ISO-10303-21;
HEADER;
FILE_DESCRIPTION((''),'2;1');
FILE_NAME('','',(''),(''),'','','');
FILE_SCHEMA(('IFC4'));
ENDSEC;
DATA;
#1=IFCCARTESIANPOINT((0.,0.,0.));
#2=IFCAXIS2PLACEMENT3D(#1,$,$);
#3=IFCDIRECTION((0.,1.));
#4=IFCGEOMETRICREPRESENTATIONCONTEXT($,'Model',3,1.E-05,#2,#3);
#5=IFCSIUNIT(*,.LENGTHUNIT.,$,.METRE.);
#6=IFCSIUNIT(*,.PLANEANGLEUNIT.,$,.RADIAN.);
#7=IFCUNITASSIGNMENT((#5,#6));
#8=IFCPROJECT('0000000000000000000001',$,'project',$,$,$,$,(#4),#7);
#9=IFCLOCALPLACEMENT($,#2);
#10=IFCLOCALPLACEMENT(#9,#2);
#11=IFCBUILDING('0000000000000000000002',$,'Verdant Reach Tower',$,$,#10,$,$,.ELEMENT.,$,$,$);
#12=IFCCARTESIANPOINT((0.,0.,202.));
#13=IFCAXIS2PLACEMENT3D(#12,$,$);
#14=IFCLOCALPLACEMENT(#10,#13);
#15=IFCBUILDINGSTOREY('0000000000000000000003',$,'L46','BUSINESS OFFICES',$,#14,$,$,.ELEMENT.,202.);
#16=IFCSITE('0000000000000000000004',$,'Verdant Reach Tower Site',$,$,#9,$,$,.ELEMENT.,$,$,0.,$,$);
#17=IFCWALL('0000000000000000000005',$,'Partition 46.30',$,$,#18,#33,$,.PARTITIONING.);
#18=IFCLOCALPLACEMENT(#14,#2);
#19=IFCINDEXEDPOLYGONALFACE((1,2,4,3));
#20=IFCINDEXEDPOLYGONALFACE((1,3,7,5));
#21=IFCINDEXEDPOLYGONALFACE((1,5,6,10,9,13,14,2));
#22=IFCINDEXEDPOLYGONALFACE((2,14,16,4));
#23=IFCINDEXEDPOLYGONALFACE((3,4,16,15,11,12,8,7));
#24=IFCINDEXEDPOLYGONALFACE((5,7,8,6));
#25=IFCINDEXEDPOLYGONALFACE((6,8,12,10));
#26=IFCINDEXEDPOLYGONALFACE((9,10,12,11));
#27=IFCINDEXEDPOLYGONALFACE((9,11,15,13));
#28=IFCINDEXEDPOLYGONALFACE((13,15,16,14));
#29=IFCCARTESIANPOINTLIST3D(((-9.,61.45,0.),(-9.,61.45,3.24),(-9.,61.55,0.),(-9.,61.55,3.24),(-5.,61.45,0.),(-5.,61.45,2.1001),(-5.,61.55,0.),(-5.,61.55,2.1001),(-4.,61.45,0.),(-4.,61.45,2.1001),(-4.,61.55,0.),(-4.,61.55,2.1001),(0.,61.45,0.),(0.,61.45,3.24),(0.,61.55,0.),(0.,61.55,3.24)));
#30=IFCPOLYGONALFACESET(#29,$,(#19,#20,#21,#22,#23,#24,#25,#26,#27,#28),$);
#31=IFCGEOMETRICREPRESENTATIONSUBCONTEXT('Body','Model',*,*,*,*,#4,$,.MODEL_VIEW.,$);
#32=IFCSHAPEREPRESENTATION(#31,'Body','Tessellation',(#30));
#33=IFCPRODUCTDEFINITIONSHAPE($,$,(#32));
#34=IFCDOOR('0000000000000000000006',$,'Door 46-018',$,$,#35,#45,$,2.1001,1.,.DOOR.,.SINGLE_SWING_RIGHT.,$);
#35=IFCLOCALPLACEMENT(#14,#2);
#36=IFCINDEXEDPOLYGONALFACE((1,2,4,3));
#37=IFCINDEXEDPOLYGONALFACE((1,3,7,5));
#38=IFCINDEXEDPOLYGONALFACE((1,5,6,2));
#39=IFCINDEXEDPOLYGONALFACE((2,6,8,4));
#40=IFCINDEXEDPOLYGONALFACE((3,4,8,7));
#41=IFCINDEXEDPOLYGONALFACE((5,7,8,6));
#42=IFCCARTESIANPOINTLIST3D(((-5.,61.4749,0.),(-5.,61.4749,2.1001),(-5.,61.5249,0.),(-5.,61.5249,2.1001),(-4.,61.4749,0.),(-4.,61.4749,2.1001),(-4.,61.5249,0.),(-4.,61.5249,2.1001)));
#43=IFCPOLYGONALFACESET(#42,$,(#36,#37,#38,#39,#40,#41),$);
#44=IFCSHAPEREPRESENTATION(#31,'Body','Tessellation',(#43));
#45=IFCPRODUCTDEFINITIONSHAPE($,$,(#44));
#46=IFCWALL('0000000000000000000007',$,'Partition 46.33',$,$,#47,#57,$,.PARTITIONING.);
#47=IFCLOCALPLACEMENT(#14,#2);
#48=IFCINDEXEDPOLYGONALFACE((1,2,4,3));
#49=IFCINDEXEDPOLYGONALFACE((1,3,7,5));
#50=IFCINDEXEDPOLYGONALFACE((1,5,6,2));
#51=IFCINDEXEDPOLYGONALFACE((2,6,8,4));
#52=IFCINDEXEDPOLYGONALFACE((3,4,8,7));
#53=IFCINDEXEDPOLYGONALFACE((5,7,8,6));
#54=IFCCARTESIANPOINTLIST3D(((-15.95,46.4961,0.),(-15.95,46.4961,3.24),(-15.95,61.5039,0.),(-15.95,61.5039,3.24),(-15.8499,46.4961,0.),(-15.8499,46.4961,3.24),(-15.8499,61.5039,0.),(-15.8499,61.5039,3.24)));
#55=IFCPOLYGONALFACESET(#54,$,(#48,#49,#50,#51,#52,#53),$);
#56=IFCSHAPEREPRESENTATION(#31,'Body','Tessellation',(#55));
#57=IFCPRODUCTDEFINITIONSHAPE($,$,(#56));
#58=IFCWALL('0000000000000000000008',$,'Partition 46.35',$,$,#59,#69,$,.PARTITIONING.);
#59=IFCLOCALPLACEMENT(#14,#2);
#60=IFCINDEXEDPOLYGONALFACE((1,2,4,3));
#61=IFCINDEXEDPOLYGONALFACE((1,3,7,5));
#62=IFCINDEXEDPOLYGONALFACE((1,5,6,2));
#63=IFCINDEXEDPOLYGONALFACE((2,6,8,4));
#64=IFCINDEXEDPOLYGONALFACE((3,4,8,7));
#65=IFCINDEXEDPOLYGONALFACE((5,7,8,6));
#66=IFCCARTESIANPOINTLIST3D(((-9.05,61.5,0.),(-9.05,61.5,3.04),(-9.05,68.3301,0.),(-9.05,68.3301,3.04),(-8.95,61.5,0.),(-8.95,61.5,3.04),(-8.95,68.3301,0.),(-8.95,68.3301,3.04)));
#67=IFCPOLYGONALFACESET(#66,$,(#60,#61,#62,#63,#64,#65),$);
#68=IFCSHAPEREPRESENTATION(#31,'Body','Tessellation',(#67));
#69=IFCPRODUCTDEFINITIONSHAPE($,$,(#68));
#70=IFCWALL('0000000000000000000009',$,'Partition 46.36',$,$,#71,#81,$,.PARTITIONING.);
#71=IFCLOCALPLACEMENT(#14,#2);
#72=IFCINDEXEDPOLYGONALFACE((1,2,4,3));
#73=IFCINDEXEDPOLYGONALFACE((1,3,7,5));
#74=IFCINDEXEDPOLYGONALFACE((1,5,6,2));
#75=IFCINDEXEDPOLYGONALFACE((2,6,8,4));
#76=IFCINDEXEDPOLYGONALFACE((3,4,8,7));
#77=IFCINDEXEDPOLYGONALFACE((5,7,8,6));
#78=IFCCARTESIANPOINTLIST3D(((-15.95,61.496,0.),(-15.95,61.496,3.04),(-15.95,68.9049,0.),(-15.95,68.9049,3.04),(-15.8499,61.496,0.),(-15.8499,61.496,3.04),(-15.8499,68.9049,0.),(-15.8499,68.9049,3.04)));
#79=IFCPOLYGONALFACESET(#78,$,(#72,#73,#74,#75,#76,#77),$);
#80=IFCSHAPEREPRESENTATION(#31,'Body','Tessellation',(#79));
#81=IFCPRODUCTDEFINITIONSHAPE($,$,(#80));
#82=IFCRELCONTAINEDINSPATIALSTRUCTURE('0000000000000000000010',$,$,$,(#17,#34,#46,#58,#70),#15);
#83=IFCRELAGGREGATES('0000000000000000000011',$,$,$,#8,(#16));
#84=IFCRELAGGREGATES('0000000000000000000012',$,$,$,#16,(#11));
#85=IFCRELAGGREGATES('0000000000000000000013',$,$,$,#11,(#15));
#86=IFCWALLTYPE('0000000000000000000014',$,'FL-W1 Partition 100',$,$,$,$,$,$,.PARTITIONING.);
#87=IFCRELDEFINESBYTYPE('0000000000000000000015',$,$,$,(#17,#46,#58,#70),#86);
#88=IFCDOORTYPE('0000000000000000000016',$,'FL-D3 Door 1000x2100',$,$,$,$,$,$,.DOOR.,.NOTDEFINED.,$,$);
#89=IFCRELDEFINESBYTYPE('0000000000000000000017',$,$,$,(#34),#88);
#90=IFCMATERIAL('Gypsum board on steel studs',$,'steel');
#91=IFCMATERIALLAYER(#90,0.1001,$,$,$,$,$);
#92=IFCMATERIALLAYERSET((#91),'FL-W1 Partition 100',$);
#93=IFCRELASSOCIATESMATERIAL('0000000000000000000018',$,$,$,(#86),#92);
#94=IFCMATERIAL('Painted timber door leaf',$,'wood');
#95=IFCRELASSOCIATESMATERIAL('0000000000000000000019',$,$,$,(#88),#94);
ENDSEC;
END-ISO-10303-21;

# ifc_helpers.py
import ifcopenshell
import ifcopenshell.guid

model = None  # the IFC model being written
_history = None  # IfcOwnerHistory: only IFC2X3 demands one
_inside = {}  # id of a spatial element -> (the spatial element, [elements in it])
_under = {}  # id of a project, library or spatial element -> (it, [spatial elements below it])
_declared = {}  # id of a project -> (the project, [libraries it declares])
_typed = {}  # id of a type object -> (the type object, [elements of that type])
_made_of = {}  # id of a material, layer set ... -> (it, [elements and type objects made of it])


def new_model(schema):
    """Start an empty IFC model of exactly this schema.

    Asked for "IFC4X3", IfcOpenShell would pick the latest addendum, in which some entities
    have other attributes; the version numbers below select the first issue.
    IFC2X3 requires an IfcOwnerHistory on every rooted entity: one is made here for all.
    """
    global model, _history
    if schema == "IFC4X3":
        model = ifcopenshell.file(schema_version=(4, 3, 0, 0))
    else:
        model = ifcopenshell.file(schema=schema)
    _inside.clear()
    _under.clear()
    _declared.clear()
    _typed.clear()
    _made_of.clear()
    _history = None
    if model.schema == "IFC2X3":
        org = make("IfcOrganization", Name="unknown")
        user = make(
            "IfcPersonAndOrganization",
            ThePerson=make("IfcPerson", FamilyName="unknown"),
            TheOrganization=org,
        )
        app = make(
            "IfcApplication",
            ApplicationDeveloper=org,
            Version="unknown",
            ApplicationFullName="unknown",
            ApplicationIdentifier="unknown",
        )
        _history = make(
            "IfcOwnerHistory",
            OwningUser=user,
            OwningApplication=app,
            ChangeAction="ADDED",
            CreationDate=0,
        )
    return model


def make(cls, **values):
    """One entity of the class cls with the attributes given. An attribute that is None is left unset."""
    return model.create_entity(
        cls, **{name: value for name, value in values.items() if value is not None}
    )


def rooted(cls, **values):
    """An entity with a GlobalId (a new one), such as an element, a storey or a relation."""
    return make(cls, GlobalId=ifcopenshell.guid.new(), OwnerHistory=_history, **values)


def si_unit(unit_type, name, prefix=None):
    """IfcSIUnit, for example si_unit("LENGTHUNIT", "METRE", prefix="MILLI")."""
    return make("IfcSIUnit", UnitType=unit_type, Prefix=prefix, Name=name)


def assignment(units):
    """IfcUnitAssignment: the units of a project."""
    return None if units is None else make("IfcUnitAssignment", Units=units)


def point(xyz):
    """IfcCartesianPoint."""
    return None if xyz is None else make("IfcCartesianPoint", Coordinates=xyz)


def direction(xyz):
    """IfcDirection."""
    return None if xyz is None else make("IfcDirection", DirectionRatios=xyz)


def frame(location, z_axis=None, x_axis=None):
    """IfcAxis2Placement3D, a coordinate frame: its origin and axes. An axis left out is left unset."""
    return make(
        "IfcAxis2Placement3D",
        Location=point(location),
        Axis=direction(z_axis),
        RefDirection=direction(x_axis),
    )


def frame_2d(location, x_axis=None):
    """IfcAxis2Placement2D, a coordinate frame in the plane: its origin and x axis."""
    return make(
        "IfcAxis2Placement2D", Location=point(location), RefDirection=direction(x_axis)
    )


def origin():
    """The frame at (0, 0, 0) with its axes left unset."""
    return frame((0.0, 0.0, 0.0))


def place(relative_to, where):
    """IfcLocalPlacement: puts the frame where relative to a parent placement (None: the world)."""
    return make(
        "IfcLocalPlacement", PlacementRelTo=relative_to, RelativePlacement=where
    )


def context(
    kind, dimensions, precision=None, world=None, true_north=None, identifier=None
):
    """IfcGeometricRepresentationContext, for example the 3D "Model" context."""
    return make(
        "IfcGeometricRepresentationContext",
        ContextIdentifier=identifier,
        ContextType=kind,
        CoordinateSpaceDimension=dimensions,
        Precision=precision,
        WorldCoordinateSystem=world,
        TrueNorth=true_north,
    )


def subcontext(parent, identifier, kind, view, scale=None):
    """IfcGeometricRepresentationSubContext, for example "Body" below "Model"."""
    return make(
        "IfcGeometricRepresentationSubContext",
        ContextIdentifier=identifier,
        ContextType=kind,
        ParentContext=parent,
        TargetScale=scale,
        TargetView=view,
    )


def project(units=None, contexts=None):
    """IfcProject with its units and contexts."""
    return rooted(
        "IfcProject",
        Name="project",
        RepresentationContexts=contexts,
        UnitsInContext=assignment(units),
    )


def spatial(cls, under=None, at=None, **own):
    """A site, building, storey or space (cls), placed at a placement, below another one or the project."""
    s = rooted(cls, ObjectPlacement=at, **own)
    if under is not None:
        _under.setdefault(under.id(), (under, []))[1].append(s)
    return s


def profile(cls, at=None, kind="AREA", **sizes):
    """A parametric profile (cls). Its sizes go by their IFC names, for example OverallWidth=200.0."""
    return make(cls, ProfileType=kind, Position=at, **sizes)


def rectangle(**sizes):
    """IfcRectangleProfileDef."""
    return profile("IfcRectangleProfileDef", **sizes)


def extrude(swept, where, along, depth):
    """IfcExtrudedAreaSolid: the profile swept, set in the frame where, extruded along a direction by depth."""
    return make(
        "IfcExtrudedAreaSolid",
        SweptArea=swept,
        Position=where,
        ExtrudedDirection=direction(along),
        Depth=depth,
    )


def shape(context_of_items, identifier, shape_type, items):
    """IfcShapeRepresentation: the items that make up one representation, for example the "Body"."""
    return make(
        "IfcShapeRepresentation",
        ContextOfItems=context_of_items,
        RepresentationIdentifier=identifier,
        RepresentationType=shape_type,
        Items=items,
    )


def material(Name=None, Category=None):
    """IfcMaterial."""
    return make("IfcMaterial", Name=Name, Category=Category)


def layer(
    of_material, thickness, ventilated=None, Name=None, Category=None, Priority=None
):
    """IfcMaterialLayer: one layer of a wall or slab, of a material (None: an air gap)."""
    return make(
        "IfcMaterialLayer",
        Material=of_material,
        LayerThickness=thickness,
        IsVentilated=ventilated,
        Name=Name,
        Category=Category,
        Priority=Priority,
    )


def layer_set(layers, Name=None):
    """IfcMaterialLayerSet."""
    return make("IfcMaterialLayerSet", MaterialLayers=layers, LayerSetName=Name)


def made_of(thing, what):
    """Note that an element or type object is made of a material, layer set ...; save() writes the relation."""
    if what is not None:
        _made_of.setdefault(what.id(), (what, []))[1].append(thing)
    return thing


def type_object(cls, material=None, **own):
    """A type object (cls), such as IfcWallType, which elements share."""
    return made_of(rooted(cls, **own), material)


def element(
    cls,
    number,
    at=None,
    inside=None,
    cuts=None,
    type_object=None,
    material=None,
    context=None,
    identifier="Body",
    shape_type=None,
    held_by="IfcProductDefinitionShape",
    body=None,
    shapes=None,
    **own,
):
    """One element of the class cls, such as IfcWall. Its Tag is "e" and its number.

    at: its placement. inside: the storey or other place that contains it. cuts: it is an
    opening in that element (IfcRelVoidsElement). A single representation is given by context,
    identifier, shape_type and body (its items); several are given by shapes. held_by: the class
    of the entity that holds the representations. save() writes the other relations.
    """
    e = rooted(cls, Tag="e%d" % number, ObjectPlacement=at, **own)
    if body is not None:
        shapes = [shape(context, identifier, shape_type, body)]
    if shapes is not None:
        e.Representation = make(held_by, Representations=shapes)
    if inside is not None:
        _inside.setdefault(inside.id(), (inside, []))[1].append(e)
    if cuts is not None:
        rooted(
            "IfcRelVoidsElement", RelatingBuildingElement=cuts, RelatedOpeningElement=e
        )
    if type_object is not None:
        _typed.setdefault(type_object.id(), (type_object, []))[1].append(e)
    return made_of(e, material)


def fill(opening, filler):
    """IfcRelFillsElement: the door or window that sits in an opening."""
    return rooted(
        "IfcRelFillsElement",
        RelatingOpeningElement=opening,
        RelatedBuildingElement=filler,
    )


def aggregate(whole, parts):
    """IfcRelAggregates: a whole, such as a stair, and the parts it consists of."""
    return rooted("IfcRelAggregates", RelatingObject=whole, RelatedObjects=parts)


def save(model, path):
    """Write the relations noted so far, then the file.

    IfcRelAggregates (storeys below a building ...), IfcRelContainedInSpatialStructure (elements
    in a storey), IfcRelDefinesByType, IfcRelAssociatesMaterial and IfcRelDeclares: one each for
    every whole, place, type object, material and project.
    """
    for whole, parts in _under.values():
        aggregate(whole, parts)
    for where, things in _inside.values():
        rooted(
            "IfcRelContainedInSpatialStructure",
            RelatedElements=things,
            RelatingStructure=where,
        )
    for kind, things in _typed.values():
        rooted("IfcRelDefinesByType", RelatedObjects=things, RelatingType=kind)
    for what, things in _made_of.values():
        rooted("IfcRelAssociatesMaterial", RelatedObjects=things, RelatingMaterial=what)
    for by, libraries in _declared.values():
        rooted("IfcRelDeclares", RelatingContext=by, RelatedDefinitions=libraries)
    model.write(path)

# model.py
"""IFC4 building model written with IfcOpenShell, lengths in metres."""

from ifc_helpers import new_model, si_unit, direction, frame, frame_2d, origin, place, context, subcontext, project, spatial, rectangle, extrude, material, layer, layer_set, type_object, element, fill, save


model = new_model("IFC4")

# Units and contexts
model_context = context("Model", 3, precision=1e-05, world=origin(), true_north=direction((0.0, 1.0)))
body_context = subcontext(model_context, "Body", "Model", "MODEL_VIEW")
ifc_project = project(units=[si_unit("LENGTHUNIT", "METRE"), si_unit("PLANEANGLEUNIT", "RADIAN")], contexts=[model_context])

# Site, building, storey
site_placement = place(None, origin())
site = spatial("IfcSite", under=ifc_project, at=site_placement, Name="Verdant Reach Tower Site", CompositionType="ELEMENT", RefElevation=0.0)
building_placement = place(site_placement, origin())
building = spatial("IfcBuilding", under=site, at=building_placement, Name="Verdant Reach Tower", CompositionType="ELEMENT")
storey_placement = place(building_placement, frame((0.0, 0.0, 202.0)))
storey = spatial("IfcBuildingStorey", under=building, at=storey_placement, Name="L46", Description="BUSINESS OFFICES", CompositionType="ELEMENT", Elevation=202.0)

# Wall, opening, door
ifc_material_1 = material(Name="Gypsum board on steel studs", Category="steel")
ifc_layer_1 = layer(ifc_material_1, 0.1001)
ifc_layer_set_1 = layer_set([ifc_layer_1], Name="FL-W1 Partition 100")
wall_type = type_object("IfcWallType", Name="FL-W1 Partition 100", PredefinedType="PARTITIONING", material=ifc_layer_set_1)
ifc_material_2 = material(Name="Painted timber door leaf", Category="wood")
door_type = type_object("IfcDoorType", Name="FL-D3 Door 1000x2100", OperationType="NOTDEFINED", PredefinedType="DOOR", material=ifc_material_2)
wall_1_placement = place(storey_placement, frame((-9.0, 61.5, 0.0), z_axis=(0.0, 0.0, 1.0), x_axis=(1.0, 0.0, 0.0)))
wall_1 = element("IfcWall", 1, at=wall_1_placement, inside=storey, type_object=wall_type, Name="Partition 46.30", PredefinedType="PARTITIONING", context=body_context, shape_type="SweptSolid", body=[
    extrude(rectangle(XDim=9.0, YDim=0.1001, at=frame_2d((4.5, 0.0))), origin(), (0.0, 0.0, 1.0), 3.24),
])
opening_1_placement = place(wall_1_placement, frame((4.0, 0.0, 0.0)))
opening_1 = element("IfcOpeningElement", 2, at=opening_1_placement, cuts=wall_1, PredefinedType="OPENING", context=body_context, shape_type="SweptSolid", body=[
    extrude(rectangle(XDim=1.0, YDim=2.1001, at=frame_2d((0.5, 1.05))), frame((0.0, 0.0601, 0.0), z_axis=(0.0, -1.0, 0.0), x_axis=(1.0, 0.0, 0.0)), (0.0, 0.0, 1.0), 0.1201),
])
door_1_placement = place(opening_1_placement, origin())
door_1 = element("IfcDoor", 3, at=door_1_placement, inside=storey, type_object=door_type, Name="Door 46-018", OperationType="SINGLE_SWING_RIGHT", OverallHeight=2.1001, OverallWidth=1.0, PredefinedType="DOOR", context=body_context, shape_type="SweptSolid", body=[
    extrude(rectangle(XDim=1.0, YDim=2.1001, at=frame_2d((0.5, 1.05))), frame((0.0, 0.0249, 0.0), z_axis=(0.0, -1.0, 0.0), x_axis=(1.0, 0.0, 0.0)), (0.0, 0.0, 1.0), 0.05),
])
fill(opening_1, door_1)

# Walls
wall_2_placement = place(storey_placement, frame((-15.8999, 61.5039, 0.0), z_axis=(0.0, 0.0, 1.0), x_axis=(0.0, -1.0, 0.0)))
element("IfcWall", 4, at=wall_2_placement, inside=storey, type_object=wall_type, Name="Partition 46.33", PredefinedType="PARTITIONING", context=body_context, shape_type="SweptSolid", body=[
    extrude(rectangle(XDim=15.0078, YDim=0.1001, at=frame_2d((7.5039, 0.0))), origin(), (0.0, 0.0, 1.0), 3.24),
])
wall_3_placement = place(storey_placement, frame((-9.0, 61.5, 0.0), z_axis=(0.0, 0.0, 1.0), x_axis=(0.0, 1.0, 0.0)))
element("IfcWall", 5, at=wall_3_placement, inside=storey, type_object=wall_type, Name="Partition 46.35", PredefinedType="PARTITIONING", context=body_context, shape_type="SweptSolid", body=[
    extrude(rectangle(XDim=6.8301, YDim=0.1001, at=frame_2d((3.415, 0.0))), origin(), (0.0, 0.0, 1.0), 3.04),
])
wall_4_placement = place(storey_placement, frame((-15.8999, 68.905, 0.0), z_axis=(0.0, 0.0, 1.0), x_axis=(0.0, -1.0, 0.0)))
element("IfcWall", 6, at=wall_4_placement, inside=storey, type_object=wall_type, Name="Partition 46.36", PredefinedType="PARTITIONING", context=body_context, shape_type="SweptSolid", body=[
    extrude(rectangle(XDim=7.4089, YDim=0.1001, at=frame_2d((3.7046, 0.0))), origin(), (0.0, 0.0, 1.0), 3.04),
])

save(model, "model.ifc")
